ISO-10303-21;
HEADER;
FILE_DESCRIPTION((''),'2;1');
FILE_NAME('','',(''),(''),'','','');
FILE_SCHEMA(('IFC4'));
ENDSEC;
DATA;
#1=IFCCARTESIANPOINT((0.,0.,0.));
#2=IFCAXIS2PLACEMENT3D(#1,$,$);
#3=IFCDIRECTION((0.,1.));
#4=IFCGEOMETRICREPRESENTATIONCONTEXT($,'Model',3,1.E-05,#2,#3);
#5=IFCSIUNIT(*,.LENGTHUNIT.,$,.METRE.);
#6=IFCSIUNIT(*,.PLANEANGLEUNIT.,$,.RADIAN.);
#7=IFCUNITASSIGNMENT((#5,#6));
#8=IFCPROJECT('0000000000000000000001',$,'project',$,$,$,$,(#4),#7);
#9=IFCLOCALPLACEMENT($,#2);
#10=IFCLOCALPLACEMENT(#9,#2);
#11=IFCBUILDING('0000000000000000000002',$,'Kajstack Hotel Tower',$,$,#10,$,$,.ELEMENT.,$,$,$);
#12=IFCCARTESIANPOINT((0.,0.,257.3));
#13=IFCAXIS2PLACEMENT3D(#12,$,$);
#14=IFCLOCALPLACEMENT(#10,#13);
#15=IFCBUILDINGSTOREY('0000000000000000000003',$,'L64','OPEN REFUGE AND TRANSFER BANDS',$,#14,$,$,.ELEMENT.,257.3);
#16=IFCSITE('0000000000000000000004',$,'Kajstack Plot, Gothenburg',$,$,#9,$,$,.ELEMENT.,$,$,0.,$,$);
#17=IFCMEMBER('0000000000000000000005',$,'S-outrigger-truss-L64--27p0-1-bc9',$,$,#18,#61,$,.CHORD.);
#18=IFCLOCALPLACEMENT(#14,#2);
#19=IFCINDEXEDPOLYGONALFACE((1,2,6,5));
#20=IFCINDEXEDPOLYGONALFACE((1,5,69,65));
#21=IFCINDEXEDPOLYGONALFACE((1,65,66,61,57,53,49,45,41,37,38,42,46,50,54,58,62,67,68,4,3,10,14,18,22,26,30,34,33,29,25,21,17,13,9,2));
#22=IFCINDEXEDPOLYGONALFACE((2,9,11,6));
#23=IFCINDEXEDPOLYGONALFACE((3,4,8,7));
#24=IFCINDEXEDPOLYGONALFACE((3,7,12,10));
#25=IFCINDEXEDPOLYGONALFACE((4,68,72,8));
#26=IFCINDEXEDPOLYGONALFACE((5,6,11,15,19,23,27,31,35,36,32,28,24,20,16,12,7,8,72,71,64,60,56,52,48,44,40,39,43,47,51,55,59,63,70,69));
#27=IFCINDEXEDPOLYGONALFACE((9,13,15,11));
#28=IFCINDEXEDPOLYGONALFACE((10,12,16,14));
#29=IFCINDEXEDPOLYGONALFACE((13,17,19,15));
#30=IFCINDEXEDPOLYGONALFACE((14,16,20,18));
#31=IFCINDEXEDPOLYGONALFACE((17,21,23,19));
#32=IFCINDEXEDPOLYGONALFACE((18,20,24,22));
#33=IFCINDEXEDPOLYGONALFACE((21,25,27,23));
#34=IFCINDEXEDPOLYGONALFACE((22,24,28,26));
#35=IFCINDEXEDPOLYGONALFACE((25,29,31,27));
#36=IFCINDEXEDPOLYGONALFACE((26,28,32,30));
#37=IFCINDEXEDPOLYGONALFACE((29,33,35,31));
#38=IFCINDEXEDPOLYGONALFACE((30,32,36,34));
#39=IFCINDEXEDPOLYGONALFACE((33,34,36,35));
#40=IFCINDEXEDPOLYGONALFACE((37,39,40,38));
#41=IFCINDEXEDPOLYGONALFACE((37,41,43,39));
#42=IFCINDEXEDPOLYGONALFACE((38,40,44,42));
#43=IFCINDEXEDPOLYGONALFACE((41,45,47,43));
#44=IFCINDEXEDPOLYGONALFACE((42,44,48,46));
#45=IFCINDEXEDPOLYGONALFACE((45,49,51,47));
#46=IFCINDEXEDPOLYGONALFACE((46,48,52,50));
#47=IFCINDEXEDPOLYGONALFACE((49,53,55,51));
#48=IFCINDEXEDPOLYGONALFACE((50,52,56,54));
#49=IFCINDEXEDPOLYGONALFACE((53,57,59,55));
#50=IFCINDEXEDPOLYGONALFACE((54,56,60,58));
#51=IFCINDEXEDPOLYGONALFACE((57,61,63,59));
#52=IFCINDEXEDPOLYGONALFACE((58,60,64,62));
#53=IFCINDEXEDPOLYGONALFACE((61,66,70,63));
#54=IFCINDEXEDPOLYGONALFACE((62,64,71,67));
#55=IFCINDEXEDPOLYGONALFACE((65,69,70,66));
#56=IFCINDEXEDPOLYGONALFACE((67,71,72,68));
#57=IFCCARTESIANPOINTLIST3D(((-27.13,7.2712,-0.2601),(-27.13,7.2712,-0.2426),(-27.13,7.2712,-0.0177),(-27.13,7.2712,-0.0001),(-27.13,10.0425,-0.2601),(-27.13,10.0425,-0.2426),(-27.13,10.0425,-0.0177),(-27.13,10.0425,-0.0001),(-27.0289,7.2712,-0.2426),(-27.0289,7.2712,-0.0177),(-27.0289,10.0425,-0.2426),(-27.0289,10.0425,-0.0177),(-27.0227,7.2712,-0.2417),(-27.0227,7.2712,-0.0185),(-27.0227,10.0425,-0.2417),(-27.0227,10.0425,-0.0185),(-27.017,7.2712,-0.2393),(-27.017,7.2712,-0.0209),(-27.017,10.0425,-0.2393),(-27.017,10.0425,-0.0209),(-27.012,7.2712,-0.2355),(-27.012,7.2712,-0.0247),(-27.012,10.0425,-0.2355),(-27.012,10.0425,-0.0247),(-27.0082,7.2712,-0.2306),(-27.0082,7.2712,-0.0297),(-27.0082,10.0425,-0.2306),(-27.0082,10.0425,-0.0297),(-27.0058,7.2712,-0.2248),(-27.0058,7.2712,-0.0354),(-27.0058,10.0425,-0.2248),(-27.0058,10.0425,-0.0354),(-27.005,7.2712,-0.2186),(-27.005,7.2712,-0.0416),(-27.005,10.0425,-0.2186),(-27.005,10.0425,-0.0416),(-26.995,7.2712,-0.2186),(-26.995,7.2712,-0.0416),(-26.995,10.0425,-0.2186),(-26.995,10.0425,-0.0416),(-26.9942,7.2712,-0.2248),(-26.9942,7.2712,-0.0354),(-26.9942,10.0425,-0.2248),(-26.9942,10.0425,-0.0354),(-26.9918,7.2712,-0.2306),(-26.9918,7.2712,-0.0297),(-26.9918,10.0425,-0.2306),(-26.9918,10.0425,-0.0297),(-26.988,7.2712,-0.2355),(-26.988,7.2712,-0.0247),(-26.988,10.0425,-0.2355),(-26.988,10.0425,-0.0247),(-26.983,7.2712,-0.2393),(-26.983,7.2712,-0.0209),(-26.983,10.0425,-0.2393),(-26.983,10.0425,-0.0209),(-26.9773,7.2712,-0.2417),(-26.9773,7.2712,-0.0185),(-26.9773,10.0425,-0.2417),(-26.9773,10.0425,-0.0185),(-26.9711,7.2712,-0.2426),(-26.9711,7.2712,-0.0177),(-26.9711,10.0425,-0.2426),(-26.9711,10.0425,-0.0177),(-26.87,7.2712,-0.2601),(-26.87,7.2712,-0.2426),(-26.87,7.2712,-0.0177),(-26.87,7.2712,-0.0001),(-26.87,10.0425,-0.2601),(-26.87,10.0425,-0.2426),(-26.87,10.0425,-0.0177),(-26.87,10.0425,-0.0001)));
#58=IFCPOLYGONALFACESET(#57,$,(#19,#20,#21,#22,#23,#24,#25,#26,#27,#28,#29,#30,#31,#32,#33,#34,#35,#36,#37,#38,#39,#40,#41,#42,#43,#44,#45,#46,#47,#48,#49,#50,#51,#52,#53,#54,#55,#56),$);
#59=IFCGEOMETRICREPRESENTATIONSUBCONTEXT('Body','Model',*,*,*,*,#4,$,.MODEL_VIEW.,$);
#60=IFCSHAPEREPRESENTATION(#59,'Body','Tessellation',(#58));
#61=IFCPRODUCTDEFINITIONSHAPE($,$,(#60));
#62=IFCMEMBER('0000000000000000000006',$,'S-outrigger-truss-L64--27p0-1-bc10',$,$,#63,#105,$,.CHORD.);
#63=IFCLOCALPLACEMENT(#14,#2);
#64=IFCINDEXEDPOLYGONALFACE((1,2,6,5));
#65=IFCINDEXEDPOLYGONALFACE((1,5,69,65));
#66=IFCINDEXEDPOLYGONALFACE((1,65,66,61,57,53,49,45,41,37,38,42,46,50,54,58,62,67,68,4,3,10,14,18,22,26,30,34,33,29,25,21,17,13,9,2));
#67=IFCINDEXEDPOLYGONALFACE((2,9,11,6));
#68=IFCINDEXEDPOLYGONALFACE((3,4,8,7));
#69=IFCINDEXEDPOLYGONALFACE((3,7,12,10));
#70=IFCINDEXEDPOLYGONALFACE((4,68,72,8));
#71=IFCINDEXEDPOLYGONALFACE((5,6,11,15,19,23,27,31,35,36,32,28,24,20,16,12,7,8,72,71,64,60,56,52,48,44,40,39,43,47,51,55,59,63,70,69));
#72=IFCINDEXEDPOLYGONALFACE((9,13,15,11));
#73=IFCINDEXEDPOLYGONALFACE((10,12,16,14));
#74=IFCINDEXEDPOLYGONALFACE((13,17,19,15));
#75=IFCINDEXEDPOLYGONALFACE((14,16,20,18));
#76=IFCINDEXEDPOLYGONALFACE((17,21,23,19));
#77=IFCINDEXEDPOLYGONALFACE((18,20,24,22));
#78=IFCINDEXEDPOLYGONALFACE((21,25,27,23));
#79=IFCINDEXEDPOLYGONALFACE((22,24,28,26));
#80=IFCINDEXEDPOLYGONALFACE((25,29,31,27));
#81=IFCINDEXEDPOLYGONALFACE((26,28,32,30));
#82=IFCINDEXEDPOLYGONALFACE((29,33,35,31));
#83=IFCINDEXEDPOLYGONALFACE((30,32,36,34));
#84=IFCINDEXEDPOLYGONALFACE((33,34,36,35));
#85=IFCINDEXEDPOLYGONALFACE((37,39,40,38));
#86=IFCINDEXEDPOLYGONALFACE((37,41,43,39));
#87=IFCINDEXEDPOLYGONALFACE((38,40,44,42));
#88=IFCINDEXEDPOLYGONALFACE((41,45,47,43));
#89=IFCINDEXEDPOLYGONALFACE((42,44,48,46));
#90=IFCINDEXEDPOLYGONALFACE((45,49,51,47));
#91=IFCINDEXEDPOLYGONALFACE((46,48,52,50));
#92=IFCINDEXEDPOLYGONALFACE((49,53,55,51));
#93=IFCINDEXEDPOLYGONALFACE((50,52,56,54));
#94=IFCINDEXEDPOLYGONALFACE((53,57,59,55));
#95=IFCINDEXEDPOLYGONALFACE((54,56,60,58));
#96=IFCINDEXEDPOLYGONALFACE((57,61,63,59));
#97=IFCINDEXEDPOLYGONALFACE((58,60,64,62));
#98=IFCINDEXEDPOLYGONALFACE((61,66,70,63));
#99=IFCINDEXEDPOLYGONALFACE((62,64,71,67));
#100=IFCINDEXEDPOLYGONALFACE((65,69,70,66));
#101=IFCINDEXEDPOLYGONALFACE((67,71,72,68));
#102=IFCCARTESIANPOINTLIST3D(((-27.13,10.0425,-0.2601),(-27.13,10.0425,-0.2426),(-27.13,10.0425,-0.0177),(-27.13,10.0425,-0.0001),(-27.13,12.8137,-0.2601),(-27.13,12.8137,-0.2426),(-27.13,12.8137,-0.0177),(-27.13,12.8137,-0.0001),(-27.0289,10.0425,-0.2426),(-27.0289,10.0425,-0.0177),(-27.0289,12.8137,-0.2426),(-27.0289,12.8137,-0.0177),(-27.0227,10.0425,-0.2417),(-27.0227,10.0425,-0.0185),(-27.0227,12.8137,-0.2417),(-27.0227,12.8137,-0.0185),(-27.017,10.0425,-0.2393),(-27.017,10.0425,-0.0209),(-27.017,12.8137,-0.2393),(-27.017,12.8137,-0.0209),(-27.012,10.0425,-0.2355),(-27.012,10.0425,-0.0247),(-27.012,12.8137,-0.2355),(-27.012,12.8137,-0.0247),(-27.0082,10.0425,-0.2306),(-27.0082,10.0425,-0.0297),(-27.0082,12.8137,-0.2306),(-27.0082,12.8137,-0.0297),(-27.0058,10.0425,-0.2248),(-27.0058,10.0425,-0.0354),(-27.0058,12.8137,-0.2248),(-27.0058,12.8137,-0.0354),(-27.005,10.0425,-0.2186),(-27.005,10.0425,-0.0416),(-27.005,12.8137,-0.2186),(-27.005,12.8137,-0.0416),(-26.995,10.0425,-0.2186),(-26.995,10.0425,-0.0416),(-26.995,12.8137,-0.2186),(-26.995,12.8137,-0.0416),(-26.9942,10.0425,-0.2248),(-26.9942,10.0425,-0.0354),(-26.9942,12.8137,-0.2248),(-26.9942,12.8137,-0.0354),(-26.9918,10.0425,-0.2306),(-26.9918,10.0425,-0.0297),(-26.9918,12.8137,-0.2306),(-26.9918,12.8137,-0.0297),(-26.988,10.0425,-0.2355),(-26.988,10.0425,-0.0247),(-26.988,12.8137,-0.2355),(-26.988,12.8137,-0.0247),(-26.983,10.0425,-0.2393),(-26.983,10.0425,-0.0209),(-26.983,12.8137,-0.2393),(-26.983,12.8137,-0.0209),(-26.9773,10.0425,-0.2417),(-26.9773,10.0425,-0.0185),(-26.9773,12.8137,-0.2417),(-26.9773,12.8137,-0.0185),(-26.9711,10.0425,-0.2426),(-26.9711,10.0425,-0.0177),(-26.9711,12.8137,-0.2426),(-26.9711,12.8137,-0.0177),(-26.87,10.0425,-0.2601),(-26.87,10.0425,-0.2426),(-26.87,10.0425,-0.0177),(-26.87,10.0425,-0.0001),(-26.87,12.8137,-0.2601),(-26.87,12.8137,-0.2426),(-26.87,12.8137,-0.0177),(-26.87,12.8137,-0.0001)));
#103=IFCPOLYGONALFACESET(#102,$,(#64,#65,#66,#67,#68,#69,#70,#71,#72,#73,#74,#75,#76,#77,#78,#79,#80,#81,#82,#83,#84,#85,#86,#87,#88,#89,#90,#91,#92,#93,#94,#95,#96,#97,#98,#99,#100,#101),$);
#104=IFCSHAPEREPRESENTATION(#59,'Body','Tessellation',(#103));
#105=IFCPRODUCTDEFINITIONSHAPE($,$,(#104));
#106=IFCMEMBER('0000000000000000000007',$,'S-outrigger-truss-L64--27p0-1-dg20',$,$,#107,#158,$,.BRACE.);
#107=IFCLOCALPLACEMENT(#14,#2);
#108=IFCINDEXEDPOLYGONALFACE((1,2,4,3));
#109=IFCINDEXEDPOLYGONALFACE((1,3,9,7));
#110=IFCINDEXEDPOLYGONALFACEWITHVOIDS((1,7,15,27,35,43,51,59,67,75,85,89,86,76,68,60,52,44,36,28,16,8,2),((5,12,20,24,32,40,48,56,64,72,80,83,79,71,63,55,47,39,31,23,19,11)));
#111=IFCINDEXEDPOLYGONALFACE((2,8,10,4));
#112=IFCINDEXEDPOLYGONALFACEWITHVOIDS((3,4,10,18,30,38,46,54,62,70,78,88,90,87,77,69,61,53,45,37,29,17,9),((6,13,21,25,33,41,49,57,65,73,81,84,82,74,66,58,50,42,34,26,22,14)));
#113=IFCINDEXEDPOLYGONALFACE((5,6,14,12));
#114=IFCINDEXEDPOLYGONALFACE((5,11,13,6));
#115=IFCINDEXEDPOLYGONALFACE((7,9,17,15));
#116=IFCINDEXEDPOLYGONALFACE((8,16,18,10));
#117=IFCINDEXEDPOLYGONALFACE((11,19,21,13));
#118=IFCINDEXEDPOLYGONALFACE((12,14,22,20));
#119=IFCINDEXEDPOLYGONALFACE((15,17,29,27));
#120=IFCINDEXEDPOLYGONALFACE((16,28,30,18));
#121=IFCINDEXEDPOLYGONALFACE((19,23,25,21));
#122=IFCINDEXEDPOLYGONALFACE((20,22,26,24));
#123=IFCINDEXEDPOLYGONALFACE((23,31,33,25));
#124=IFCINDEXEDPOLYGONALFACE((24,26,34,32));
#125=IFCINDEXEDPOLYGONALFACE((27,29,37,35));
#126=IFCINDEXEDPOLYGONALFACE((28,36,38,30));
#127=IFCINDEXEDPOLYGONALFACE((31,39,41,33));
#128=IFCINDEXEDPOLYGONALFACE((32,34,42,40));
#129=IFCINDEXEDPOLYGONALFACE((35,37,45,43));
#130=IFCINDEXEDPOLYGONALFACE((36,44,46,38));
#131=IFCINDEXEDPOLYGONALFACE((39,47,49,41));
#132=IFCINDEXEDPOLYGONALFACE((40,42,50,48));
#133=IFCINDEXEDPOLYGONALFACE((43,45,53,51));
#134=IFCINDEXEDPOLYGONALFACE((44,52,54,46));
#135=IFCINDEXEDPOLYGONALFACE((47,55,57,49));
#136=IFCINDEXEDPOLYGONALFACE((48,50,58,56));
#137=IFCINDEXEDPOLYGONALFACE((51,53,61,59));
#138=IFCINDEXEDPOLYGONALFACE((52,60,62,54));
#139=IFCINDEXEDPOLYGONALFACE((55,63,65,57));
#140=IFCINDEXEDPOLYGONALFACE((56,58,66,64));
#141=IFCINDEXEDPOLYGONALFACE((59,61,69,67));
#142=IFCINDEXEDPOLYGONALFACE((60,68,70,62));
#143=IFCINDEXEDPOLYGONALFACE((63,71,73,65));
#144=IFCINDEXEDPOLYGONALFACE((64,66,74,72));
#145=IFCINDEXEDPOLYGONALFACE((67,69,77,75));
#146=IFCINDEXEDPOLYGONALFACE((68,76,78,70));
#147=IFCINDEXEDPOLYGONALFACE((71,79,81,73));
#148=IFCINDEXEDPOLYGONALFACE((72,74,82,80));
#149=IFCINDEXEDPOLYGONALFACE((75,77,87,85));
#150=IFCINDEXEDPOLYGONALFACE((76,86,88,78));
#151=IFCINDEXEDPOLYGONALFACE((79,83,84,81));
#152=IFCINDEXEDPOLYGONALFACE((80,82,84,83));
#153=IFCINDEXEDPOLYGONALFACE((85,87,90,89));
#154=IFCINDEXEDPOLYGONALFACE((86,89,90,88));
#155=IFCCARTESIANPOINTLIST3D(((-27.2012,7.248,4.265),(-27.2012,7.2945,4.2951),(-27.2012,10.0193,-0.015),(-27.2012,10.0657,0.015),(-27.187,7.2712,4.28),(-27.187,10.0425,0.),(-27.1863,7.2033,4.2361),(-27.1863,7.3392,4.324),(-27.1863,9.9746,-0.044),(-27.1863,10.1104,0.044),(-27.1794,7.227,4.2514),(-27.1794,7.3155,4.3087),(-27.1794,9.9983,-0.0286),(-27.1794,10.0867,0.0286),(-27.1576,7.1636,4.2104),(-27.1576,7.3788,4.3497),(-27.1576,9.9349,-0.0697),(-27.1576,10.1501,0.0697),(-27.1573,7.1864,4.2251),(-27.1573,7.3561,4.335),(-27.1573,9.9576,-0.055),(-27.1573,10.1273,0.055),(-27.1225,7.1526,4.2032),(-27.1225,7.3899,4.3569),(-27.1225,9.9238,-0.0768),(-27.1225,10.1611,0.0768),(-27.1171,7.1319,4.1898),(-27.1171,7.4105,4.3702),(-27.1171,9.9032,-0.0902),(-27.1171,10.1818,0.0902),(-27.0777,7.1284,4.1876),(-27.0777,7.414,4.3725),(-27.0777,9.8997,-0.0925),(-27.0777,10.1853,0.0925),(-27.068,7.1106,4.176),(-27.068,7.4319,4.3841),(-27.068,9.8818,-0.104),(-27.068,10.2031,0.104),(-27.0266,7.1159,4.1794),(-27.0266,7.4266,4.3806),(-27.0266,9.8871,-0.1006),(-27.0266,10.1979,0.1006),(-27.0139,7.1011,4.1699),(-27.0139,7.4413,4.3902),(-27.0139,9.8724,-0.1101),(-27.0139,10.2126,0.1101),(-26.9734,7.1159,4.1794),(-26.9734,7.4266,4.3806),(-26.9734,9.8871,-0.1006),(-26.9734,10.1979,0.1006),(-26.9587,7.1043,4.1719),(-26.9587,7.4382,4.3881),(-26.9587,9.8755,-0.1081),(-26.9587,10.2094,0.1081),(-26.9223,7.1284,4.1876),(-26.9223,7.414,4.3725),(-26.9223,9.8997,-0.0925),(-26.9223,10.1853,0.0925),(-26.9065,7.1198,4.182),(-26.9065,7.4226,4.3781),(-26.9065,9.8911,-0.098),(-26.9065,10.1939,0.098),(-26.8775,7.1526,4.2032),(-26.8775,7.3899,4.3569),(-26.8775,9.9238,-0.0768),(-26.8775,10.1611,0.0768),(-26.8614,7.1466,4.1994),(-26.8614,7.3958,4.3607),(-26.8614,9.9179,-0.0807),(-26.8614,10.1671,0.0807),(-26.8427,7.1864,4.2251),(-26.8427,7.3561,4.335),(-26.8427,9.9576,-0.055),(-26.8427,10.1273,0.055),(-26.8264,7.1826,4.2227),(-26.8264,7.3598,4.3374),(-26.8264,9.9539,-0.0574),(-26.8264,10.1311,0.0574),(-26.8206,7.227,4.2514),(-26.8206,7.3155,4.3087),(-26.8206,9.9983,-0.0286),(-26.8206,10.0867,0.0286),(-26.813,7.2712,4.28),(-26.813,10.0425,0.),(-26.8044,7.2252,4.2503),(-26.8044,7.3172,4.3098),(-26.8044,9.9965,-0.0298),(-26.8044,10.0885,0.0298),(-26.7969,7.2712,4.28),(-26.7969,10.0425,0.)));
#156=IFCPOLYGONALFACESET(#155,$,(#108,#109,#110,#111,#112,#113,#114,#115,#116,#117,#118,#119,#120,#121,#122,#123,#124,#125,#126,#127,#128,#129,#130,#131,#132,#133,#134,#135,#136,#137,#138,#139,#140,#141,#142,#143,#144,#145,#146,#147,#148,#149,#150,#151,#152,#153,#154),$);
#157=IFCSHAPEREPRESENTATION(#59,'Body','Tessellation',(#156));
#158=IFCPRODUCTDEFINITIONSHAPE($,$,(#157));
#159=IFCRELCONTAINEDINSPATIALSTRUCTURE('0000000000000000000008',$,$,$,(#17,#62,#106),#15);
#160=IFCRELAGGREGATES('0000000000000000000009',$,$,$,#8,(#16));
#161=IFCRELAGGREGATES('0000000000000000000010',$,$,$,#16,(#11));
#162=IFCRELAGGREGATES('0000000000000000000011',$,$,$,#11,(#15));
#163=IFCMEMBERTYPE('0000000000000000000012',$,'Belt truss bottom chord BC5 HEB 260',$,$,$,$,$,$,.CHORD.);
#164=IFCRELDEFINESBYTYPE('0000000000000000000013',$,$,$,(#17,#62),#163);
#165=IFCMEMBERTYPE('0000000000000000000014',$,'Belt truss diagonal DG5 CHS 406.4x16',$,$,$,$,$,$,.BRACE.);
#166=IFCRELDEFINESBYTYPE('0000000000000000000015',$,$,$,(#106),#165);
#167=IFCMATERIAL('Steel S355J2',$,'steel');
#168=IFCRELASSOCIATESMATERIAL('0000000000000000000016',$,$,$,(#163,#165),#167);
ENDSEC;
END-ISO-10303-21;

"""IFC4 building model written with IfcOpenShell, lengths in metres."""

from ifc_helpers import new_model, si_unit, direction, frame, origin, origin_2d, place, context, subcontext, project, spatial, hollow_circle, i_section, extrude, material, material_profile, profile_set, type_object, element, save


model = new_model("IFC4")

# Units and contexts
model_context = context("Model", 3, precision=1e-05, world=origin(), true_north=direction((0.0, 1.0)))
body_context = subcontext(model_context, "Body", "Model", "MODEL_VIEW")
ifc_project = project(units=[si_unit("LENGTHUNIT", "METRE"), si_unit("PLANEANGLEUNIT", "RADIAN")], contexts=[model_context])

# Site, building, storey
site_placement = place(None, origin())
site = spatial("IfcSite", under=ifc_project, at=site_placement, Name="Kajstack Plot, Gothenburg", CompositionType="ELEMENT", RefElevation=0.0)
building_placement = place(site_placement, origin())
building = spatial("IfcBuilding", under=site, at=building_placement, Name="Kajstack Hotel Tower", CompositionType="ELEMENT")
storey_placement = place(building_placement, frame((0.0, 0.0, 257.3)))
storey = spatial("IfcBuildingStorey", under=building, at=storey_placement, Name="L64", Description="OPEN REFUGE AND TRANSFER BANDS", CompositionType="ELEMENT", Elevation=257.3)

# Members
ifc_material = material(Name="Steel S355J2", Category="steel")
ifc_material_profile_1 = material_profile(ifc_material, i_section(OverallWidth=0.26, OverallDepth=0.26, WebThickness=0.01, FlangeThickness=0.0176, FilletRadius=0.0239, at=origin_2d()), Name="HEB 260")
ifc_profile_set_1 = profile_set([ifc_material_profile_1], Name="Steel S355J2")
member_type_1 = type_object("IfcMemberType", Name="Belt truss bottom chord BC5 HEB 260", PredefinedType="CHORD", material=ifc_profile_set_1)
for number, where, z_axis, x_axis, name in (
    (1, (-27.0, 7.2712, -0.1301), (0.0, 1.0, 0.0), (-1.0, 0.0, 0.0), "S-outrigger-truss-L64--27p0-1-bc9"),
    (2, (-27.0, 10.0425, -0.1301), (0.0, 1.0, 0.0), (-1.0, 0.0, 0.0), "S-outrigger-truss-L64--27p0-1-bc10"),
):
    element("IfcMember", number, at=place(storey_placement, frame(where, z_axis=z_axis, x_axis=x_axis)), inside=storey, type_object=member_type_1, Name=name, PredefinedType="CHORD", context=body_context, shape_type="SweptSolid", body=[
        extrude(i_section(OverallWidth=0.26, OverallDepth=0.26, WebThickness=0.01, FlangeThickness=0.0176, FilletRadius=0.0239, at=origin_2d()), origin(), (0.0, 0.0, 1.0), 2.7712),
    ])
ifc_material_profile_2 = material_profile(ifc_material, hollow_circle(Radius=0.2031, WallThickness=0.0161, at=origin_2d()), Name="CHS 406.4x16")
ifc_profile_set_2 = profile_set([ifc_material_profile_2], Name="Steel S355J2")
member_type_2 = type_object("IfcMemberType", Name="Belt truss diagonal DG5 CHS 406.4x16", PredefinedType="BRACE", material=ifc_profile_set_2)
for number, where, z_axis, x_axis, name in (
    (3, (-27.0, 10.0425, 0.0), (0.0, -0.543501, 0.839408), (1.0, 0.0, 0.0), "S-outrigger-truss-L64--27p0-1-dg20"),
):
    element("IfcMember", number, at=place(storey_placement, frame(where, z_axis=z_axis, x_axis=x_axis)), inside=storey, type_object=member_type_2, Name=name, PredefinedType="BRACE", context=body_context, shape_type="SweptSolid", body=[
        extrude(hollow_circle(Radius=0.2031, WallThickness=0.0161, at=origin_2d()), origin(), (0.0, 0.0, 1.0), 5.0989),
    ])

save(model, "model.ifc")
